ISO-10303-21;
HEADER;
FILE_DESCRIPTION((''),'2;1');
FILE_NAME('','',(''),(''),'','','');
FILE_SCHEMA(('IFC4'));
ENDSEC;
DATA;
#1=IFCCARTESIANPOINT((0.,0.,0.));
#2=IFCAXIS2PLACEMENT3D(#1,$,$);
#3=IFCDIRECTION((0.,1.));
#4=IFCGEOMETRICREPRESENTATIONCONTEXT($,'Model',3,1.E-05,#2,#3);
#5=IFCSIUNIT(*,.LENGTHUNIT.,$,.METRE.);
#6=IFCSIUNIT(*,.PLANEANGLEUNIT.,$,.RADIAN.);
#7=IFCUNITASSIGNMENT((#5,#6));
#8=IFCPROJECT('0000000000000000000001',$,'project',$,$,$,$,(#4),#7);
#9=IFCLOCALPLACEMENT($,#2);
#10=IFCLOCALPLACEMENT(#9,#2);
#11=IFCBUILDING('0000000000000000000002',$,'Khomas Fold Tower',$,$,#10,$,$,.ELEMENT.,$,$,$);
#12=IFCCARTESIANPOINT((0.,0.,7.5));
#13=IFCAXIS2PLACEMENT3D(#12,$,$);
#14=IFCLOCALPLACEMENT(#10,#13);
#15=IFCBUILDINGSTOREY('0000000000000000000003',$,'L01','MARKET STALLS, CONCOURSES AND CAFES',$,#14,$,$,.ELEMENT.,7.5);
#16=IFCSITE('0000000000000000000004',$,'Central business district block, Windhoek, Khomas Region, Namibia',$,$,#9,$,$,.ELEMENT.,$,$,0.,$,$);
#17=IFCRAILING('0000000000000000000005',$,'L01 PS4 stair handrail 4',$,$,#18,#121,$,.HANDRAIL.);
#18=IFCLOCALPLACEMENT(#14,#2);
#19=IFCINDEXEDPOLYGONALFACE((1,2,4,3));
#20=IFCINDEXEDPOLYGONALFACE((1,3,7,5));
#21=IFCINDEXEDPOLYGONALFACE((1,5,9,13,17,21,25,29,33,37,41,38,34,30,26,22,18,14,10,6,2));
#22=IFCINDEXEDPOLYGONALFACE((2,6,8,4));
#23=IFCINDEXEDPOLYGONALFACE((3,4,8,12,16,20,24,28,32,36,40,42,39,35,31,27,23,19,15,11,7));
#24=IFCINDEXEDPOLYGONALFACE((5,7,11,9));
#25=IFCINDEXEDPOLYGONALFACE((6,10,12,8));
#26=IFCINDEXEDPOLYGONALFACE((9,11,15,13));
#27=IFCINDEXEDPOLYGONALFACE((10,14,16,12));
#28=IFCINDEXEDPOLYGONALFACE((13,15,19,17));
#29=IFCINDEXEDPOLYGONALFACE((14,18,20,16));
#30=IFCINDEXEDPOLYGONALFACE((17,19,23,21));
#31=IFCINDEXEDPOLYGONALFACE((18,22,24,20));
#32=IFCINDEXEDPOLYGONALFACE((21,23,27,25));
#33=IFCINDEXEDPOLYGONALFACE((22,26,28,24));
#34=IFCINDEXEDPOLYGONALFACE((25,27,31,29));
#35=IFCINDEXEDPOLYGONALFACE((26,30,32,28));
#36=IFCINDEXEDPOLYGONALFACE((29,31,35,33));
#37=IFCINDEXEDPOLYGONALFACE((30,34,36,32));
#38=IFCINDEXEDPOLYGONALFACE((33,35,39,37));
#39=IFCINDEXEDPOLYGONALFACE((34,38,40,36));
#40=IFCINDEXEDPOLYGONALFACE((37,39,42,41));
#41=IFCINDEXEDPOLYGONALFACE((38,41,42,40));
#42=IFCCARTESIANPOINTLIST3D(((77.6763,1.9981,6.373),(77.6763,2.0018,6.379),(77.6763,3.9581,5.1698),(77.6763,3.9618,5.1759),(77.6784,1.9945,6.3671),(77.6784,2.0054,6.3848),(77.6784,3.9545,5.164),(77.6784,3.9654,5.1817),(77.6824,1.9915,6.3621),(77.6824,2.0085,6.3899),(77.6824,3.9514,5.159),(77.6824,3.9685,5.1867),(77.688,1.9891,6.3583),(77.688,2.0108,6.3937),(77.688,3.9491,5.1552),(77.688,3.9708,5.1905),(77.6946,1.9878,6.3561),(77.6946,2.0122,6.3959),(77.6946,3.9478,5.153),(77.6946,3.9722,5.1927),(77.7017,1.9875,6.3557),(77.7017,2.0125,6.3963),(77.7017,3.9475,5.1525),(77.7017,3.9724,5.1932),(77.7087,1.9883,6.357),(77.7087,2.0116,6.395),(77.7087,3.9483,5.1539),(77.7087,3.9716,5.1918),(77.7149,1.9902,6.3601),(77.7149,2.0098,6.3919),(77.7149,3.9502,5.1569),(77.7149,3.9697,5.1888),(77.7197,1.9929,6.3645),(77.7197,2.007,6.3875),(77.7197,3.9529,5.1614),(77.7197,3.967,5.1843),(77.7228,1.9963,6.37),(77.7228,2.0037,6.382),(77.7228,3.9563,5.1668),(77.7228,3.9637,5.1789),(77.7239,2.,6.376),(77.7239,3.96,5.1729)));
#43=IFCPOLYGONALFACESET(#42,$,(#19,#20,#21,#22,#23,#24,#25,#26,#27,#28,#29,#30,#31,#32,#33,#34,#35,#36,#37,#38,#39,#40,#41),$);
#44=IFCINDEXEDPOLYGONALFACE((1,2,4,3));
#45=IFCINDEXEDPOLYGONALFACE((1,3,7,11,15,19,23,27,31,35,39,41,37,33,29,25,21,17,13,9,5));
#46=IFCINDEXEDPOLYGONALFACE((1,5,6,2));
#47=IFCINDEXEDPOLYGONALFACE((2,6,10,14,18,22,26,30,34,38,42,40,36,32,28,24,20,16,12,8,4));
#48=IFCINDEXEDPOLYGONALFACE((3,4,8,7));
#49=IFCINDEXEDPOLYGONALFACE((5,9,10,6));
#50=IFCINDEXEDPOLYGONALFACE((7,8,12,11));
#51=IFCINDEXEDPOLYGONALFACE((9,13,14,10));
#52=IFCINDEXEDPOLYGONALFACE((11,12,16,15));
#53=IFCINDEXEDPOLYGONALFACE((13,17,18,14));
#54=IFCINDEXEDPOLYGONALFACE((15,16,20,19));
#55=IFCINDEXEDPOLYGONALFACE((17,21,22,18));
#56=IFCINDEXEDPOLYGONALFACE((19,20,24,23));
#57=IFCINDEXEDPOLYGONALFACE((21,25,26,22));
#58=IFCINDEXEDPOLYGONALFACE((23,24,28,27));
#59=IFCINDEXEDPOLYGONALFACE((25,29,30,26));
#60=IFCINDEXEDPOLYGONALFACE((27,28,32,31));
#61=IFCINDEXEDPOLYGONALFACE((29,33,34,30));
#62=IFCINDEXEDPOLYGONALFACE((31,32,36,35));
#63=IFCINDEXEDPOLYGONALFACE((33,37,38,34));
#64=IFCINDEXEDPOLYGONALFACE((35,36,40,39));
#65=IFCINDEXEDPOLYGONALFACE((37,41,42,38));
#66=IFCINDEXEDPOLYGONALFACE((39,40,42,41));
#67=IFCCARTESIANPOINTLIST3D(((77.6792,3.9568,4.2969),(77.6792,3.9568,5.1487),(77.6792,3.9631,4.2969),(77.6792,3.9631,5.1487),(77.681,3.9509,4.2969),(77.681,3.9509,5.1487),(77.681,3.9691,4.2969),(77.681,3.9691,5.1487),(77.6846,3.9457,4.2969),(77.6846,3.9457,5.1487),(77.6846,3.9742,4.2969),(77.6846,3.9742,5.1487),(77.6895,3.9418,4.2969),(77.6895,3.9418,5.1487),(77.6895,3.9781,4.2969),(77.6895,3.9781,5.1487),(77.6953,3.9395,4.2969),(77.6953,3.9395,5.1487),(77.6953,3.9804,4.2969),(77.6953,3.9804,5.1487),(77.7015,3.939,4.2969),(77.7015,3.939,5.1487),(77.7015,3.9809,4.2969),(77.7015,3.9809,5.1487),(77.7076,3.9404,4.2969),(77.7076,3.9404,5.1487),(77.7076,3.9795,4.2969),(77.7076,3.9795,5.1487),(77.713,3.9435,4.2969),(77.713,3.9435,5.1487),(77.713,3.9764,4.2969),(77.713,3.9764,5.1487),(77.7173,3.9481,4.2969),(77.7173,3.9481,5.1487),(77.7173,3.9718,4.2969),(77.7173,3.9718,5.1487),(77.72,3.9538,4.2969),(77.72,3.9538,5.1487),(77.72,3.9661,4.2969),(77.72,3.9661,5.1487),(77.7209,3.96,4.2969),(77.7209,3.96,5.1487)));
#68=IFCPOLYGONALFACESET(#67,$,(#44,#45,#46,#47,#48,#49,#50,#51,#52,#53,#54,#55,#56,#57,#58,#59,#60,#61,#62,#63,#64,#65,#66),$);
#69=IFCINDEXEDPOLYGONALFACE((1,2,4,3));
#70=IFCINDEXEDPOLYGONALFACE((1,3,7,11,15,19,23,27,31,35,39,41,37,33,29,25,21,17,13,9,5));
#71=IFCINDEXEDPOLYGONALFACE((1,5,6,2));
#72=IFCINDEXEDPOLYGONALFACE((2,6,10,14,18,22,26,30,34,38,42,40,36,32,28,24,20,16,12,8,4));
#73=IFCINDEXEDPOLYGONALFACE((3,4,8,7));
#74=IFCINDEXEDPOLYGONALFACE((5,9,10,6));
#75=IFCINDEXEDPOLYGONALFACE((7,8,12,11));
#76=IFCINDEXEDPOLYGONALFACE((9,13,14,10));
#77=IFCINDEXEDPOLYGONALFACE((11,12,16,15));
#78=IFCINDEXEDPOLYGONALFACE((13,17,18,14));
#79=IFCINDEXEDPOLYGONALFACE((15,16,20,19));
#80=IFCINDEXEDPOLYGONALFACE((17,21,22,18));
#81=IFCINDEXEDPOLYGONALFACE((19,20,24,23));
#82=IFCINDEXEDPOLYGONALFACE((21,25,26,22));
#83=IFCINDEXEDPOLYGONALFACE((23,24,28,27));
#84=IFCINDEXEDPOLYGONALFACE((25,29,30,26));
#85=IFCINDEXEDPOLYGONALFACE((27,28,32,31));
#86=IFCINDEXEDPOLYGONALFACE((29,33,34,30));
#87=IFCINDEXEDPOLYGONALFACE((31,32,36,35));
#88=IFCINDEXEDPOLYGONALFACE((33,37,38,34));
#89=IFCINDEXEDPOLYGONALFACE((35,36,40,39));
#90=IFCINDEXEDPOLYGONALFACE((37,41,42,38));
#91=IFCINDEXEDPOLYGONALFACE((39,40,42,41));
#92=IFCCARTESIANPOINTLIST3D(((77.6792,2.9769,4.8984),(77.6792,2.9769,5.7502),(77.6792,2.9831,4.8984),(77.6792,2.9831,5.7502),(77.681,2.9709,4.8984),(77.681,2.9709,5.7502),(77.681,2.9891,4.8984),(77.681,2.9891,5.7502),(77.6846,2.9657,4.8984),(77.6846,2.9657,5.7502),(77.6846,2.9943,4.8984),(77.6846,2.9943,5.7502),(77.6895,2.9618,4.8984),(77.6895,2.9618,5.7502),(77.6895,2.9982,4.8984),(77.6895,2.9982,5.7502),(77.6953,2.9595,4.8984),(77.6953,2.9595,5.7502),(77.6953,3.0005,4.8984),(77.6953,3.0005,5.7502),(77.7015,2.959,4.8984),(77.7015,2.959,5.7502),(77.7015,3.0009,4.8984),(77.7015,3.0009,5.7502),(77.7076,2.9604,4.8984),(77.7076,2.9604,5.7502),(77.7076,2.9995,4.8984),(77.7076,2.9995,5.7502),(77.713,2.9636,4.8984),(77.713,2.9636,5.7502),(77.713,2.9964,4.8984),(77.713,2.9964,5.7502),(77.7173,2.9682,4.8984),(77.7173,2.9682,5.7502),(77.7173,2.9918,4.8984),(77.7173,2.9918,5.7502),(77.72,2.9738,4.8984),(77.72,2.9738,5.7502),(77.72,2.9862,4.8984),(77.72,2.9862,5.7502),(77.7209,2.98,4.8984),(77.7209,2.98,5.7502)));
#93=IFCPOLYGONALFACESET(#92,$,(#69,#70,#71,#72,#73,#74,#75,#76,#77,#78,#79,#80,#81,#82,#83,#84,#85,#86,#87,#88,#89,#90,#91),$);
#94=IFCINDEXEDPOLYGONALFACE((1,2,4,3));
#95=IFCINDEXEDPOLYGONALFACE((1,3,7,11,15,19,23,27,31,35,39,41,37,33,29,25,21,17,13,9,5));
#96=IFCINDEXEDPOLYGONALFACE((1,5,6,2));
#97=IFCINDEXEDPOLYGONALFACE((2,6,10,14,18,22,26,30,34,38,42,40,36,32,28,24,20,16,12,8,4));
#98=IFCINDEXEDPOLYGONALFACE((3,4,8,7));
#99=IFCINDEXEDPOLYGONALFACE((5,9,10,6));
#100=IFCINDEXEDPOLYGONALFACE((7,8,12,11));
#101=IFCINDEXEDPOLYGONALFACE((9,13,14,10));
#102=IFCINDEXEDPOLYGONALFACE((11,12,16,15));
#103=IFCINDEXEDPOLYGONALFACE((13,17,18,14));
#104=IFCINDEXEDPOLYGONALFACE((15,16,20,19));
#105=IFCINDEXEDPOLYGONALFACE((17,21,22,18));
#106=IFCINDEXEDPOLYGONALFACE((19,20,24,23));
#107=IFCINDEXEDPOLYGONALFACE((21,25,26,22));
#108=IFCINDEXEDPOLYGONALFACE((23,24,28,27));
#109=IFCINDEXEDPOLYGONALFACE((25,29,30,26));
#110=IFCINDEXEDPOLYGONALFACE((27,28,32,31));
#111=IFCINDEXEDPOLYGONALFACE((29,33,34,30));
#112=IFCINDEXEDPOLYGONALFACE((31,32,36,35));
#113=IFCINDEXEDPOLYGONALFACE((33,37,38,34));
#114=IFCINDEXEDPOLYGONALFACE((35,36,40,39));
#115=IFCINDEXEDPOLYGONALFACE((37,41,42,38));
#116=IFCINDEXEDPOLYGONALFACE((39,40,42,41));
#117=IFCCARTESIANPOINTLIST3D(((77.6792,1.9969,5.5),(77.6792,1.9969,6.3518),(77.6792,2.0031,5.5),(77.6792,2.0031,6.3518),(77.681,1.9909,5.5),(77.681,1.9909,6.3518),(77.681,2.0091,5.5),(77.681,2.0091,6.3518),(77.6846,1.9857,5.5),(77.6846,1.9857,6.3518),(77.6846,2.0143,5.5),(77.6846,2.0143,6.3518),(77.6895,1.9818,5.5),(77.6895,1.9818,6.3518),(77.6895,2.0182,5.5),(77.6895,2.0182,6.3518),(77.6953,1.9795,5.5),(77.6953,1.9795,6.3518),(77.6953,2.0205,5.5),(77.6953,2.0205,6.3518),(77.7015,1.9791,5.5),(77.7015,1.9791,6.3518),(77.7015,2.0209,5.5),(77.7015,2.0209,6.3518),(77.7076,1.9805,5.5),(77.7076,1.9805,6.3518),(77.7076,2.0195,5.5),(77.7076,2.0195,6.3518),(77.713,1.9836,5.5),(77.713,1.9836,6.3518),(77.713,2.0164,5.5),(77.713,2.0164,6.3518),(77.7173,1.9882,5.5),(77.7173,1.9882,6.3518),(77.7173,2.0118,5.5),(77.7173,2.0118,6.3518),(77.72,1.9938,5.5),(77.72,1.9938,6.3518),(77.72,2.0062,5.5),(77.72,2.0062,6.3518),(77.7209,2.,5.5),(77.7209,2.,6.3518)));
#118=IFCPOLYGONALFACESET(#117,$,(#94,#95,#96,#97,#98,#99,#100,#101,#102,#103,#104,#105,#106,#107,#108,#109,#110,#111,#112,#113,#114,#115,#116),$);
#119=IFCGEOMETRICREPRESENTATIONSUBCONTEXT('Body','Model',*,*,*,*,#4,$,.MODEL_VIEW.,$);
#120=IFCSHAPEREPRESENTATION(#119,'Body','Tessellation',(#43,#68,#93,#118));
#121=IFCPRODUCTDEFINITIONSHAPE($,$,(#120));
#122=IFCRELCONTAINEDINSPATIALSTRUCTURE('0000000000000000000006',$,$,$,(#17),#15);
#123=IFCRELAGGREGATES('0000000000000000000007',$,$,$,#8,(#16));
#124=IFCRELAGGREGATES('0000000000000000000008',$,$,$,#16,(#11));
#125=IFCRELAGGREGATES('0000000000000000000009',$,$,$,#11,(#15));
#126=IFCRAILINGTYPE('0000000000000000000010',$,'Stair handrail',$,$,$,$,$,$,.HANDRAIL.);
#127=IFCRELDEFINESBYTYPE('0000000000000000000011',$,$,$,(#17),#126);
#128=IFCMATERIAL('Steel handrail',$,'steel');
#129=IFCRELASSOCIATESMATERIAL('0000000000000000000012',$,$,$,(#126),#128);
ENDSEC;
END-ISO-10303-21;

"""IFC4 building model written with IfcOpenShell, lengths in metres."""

from ifc_helpers import new_model, si_unit, direction, frame, origin, origin_2d, place, context, subcontext, project, spatial, circle, extrude, source, transform, mapped, material, type_object, element, save


model = new_model("IFC4")

# Units and contexts
model_context = context("Model", 3, precision=1e-05, world=origin(), true_north=direction((0.0, 1.0)))
body_context = subcontext(model_context, "Body", "Model", "MODEL_VIEW")
ifc_project = project(units=[si_unit("LENGTHUNIT", "METRE"), si_unit("PLANEANGLEUNIT", "RADIAN")], contexts=[model_context])

# Site, building, storey
site_placement = place(None, origin())
site = spatial("IfcSite", under=ifc_project, at=site_placement, Name="Central business district block, Windhoek, Khomas Region, Namibia", CompositionType="ELEMENT", RefElevation=0.0)
building_placement = place(site_placement, origin())
building = spatial("IfcBuilding", under=site, at=building_placement, Name="Khomas Fold Tower", CompositionType="ELEMENT")
storey_placement = place(building_placement, frame((0.0, 0.0, 7.5)))
storey = spatial("IfcBuildingStorey", under=building, at=storey_placement, Name="L01", Description="MARKET STALLS, CONCOURSES AND CAFES", CompositionType="ELEMENT", Elevation=7.5)

# Railing
ifc_material_1 = material(Name="Steel handrail", Category="steel")
railing_type_1 = type_object("IfcRailingType", Name="Stair handrail", PredefinedType="HANDRAIL", material=ifc_material_1)
shared_shape_1 = source(origin(), body_context, "Body", "SweptSolid", [
    extrude(circle(Radius=0.0239, at=origin_2d()), frame((0.0, 0.0, 0.876), z_axis=(0.0, -0.852241, 0.523149), x_axis=(1.0, 0.0, 0.0)), (0.0, 0.0, 1.0), 2.2998),
    extrude(circle(Radius=0.021, at=origin_2d()), origin(), (0.0, 0.0, 1.0), 0.8518),
    extrude(circle(Radius=0.021, at=origin_2d()), frame((0.0, -0.98, 0.6016)), (0.0, 0.0, 1.0), 0.8518),
    extrude(circle(Radius=0.021, at=origin_2d()), frame((0.0, -1.96, 1.2031)), (0.0, 0.0, 1.0), 0.8518),
])
for number, where, name in (
    (1, (77.7, 3.96, 4.2969), "L01 PS4 stair handrail 4"),
):
    element("IfcRailing", number, at=place(storey_placement, frame(where)), inside=storey, type_object=railing_type_1, Name=name, PredefinedType="HANDRAIL", context=body_context, shape_type="MappedRepresentation", body=[
        mapped(shared_shape_1, transform((0.0, 0.0, 0.0))),
    ])

save(model, "model.ifc")
